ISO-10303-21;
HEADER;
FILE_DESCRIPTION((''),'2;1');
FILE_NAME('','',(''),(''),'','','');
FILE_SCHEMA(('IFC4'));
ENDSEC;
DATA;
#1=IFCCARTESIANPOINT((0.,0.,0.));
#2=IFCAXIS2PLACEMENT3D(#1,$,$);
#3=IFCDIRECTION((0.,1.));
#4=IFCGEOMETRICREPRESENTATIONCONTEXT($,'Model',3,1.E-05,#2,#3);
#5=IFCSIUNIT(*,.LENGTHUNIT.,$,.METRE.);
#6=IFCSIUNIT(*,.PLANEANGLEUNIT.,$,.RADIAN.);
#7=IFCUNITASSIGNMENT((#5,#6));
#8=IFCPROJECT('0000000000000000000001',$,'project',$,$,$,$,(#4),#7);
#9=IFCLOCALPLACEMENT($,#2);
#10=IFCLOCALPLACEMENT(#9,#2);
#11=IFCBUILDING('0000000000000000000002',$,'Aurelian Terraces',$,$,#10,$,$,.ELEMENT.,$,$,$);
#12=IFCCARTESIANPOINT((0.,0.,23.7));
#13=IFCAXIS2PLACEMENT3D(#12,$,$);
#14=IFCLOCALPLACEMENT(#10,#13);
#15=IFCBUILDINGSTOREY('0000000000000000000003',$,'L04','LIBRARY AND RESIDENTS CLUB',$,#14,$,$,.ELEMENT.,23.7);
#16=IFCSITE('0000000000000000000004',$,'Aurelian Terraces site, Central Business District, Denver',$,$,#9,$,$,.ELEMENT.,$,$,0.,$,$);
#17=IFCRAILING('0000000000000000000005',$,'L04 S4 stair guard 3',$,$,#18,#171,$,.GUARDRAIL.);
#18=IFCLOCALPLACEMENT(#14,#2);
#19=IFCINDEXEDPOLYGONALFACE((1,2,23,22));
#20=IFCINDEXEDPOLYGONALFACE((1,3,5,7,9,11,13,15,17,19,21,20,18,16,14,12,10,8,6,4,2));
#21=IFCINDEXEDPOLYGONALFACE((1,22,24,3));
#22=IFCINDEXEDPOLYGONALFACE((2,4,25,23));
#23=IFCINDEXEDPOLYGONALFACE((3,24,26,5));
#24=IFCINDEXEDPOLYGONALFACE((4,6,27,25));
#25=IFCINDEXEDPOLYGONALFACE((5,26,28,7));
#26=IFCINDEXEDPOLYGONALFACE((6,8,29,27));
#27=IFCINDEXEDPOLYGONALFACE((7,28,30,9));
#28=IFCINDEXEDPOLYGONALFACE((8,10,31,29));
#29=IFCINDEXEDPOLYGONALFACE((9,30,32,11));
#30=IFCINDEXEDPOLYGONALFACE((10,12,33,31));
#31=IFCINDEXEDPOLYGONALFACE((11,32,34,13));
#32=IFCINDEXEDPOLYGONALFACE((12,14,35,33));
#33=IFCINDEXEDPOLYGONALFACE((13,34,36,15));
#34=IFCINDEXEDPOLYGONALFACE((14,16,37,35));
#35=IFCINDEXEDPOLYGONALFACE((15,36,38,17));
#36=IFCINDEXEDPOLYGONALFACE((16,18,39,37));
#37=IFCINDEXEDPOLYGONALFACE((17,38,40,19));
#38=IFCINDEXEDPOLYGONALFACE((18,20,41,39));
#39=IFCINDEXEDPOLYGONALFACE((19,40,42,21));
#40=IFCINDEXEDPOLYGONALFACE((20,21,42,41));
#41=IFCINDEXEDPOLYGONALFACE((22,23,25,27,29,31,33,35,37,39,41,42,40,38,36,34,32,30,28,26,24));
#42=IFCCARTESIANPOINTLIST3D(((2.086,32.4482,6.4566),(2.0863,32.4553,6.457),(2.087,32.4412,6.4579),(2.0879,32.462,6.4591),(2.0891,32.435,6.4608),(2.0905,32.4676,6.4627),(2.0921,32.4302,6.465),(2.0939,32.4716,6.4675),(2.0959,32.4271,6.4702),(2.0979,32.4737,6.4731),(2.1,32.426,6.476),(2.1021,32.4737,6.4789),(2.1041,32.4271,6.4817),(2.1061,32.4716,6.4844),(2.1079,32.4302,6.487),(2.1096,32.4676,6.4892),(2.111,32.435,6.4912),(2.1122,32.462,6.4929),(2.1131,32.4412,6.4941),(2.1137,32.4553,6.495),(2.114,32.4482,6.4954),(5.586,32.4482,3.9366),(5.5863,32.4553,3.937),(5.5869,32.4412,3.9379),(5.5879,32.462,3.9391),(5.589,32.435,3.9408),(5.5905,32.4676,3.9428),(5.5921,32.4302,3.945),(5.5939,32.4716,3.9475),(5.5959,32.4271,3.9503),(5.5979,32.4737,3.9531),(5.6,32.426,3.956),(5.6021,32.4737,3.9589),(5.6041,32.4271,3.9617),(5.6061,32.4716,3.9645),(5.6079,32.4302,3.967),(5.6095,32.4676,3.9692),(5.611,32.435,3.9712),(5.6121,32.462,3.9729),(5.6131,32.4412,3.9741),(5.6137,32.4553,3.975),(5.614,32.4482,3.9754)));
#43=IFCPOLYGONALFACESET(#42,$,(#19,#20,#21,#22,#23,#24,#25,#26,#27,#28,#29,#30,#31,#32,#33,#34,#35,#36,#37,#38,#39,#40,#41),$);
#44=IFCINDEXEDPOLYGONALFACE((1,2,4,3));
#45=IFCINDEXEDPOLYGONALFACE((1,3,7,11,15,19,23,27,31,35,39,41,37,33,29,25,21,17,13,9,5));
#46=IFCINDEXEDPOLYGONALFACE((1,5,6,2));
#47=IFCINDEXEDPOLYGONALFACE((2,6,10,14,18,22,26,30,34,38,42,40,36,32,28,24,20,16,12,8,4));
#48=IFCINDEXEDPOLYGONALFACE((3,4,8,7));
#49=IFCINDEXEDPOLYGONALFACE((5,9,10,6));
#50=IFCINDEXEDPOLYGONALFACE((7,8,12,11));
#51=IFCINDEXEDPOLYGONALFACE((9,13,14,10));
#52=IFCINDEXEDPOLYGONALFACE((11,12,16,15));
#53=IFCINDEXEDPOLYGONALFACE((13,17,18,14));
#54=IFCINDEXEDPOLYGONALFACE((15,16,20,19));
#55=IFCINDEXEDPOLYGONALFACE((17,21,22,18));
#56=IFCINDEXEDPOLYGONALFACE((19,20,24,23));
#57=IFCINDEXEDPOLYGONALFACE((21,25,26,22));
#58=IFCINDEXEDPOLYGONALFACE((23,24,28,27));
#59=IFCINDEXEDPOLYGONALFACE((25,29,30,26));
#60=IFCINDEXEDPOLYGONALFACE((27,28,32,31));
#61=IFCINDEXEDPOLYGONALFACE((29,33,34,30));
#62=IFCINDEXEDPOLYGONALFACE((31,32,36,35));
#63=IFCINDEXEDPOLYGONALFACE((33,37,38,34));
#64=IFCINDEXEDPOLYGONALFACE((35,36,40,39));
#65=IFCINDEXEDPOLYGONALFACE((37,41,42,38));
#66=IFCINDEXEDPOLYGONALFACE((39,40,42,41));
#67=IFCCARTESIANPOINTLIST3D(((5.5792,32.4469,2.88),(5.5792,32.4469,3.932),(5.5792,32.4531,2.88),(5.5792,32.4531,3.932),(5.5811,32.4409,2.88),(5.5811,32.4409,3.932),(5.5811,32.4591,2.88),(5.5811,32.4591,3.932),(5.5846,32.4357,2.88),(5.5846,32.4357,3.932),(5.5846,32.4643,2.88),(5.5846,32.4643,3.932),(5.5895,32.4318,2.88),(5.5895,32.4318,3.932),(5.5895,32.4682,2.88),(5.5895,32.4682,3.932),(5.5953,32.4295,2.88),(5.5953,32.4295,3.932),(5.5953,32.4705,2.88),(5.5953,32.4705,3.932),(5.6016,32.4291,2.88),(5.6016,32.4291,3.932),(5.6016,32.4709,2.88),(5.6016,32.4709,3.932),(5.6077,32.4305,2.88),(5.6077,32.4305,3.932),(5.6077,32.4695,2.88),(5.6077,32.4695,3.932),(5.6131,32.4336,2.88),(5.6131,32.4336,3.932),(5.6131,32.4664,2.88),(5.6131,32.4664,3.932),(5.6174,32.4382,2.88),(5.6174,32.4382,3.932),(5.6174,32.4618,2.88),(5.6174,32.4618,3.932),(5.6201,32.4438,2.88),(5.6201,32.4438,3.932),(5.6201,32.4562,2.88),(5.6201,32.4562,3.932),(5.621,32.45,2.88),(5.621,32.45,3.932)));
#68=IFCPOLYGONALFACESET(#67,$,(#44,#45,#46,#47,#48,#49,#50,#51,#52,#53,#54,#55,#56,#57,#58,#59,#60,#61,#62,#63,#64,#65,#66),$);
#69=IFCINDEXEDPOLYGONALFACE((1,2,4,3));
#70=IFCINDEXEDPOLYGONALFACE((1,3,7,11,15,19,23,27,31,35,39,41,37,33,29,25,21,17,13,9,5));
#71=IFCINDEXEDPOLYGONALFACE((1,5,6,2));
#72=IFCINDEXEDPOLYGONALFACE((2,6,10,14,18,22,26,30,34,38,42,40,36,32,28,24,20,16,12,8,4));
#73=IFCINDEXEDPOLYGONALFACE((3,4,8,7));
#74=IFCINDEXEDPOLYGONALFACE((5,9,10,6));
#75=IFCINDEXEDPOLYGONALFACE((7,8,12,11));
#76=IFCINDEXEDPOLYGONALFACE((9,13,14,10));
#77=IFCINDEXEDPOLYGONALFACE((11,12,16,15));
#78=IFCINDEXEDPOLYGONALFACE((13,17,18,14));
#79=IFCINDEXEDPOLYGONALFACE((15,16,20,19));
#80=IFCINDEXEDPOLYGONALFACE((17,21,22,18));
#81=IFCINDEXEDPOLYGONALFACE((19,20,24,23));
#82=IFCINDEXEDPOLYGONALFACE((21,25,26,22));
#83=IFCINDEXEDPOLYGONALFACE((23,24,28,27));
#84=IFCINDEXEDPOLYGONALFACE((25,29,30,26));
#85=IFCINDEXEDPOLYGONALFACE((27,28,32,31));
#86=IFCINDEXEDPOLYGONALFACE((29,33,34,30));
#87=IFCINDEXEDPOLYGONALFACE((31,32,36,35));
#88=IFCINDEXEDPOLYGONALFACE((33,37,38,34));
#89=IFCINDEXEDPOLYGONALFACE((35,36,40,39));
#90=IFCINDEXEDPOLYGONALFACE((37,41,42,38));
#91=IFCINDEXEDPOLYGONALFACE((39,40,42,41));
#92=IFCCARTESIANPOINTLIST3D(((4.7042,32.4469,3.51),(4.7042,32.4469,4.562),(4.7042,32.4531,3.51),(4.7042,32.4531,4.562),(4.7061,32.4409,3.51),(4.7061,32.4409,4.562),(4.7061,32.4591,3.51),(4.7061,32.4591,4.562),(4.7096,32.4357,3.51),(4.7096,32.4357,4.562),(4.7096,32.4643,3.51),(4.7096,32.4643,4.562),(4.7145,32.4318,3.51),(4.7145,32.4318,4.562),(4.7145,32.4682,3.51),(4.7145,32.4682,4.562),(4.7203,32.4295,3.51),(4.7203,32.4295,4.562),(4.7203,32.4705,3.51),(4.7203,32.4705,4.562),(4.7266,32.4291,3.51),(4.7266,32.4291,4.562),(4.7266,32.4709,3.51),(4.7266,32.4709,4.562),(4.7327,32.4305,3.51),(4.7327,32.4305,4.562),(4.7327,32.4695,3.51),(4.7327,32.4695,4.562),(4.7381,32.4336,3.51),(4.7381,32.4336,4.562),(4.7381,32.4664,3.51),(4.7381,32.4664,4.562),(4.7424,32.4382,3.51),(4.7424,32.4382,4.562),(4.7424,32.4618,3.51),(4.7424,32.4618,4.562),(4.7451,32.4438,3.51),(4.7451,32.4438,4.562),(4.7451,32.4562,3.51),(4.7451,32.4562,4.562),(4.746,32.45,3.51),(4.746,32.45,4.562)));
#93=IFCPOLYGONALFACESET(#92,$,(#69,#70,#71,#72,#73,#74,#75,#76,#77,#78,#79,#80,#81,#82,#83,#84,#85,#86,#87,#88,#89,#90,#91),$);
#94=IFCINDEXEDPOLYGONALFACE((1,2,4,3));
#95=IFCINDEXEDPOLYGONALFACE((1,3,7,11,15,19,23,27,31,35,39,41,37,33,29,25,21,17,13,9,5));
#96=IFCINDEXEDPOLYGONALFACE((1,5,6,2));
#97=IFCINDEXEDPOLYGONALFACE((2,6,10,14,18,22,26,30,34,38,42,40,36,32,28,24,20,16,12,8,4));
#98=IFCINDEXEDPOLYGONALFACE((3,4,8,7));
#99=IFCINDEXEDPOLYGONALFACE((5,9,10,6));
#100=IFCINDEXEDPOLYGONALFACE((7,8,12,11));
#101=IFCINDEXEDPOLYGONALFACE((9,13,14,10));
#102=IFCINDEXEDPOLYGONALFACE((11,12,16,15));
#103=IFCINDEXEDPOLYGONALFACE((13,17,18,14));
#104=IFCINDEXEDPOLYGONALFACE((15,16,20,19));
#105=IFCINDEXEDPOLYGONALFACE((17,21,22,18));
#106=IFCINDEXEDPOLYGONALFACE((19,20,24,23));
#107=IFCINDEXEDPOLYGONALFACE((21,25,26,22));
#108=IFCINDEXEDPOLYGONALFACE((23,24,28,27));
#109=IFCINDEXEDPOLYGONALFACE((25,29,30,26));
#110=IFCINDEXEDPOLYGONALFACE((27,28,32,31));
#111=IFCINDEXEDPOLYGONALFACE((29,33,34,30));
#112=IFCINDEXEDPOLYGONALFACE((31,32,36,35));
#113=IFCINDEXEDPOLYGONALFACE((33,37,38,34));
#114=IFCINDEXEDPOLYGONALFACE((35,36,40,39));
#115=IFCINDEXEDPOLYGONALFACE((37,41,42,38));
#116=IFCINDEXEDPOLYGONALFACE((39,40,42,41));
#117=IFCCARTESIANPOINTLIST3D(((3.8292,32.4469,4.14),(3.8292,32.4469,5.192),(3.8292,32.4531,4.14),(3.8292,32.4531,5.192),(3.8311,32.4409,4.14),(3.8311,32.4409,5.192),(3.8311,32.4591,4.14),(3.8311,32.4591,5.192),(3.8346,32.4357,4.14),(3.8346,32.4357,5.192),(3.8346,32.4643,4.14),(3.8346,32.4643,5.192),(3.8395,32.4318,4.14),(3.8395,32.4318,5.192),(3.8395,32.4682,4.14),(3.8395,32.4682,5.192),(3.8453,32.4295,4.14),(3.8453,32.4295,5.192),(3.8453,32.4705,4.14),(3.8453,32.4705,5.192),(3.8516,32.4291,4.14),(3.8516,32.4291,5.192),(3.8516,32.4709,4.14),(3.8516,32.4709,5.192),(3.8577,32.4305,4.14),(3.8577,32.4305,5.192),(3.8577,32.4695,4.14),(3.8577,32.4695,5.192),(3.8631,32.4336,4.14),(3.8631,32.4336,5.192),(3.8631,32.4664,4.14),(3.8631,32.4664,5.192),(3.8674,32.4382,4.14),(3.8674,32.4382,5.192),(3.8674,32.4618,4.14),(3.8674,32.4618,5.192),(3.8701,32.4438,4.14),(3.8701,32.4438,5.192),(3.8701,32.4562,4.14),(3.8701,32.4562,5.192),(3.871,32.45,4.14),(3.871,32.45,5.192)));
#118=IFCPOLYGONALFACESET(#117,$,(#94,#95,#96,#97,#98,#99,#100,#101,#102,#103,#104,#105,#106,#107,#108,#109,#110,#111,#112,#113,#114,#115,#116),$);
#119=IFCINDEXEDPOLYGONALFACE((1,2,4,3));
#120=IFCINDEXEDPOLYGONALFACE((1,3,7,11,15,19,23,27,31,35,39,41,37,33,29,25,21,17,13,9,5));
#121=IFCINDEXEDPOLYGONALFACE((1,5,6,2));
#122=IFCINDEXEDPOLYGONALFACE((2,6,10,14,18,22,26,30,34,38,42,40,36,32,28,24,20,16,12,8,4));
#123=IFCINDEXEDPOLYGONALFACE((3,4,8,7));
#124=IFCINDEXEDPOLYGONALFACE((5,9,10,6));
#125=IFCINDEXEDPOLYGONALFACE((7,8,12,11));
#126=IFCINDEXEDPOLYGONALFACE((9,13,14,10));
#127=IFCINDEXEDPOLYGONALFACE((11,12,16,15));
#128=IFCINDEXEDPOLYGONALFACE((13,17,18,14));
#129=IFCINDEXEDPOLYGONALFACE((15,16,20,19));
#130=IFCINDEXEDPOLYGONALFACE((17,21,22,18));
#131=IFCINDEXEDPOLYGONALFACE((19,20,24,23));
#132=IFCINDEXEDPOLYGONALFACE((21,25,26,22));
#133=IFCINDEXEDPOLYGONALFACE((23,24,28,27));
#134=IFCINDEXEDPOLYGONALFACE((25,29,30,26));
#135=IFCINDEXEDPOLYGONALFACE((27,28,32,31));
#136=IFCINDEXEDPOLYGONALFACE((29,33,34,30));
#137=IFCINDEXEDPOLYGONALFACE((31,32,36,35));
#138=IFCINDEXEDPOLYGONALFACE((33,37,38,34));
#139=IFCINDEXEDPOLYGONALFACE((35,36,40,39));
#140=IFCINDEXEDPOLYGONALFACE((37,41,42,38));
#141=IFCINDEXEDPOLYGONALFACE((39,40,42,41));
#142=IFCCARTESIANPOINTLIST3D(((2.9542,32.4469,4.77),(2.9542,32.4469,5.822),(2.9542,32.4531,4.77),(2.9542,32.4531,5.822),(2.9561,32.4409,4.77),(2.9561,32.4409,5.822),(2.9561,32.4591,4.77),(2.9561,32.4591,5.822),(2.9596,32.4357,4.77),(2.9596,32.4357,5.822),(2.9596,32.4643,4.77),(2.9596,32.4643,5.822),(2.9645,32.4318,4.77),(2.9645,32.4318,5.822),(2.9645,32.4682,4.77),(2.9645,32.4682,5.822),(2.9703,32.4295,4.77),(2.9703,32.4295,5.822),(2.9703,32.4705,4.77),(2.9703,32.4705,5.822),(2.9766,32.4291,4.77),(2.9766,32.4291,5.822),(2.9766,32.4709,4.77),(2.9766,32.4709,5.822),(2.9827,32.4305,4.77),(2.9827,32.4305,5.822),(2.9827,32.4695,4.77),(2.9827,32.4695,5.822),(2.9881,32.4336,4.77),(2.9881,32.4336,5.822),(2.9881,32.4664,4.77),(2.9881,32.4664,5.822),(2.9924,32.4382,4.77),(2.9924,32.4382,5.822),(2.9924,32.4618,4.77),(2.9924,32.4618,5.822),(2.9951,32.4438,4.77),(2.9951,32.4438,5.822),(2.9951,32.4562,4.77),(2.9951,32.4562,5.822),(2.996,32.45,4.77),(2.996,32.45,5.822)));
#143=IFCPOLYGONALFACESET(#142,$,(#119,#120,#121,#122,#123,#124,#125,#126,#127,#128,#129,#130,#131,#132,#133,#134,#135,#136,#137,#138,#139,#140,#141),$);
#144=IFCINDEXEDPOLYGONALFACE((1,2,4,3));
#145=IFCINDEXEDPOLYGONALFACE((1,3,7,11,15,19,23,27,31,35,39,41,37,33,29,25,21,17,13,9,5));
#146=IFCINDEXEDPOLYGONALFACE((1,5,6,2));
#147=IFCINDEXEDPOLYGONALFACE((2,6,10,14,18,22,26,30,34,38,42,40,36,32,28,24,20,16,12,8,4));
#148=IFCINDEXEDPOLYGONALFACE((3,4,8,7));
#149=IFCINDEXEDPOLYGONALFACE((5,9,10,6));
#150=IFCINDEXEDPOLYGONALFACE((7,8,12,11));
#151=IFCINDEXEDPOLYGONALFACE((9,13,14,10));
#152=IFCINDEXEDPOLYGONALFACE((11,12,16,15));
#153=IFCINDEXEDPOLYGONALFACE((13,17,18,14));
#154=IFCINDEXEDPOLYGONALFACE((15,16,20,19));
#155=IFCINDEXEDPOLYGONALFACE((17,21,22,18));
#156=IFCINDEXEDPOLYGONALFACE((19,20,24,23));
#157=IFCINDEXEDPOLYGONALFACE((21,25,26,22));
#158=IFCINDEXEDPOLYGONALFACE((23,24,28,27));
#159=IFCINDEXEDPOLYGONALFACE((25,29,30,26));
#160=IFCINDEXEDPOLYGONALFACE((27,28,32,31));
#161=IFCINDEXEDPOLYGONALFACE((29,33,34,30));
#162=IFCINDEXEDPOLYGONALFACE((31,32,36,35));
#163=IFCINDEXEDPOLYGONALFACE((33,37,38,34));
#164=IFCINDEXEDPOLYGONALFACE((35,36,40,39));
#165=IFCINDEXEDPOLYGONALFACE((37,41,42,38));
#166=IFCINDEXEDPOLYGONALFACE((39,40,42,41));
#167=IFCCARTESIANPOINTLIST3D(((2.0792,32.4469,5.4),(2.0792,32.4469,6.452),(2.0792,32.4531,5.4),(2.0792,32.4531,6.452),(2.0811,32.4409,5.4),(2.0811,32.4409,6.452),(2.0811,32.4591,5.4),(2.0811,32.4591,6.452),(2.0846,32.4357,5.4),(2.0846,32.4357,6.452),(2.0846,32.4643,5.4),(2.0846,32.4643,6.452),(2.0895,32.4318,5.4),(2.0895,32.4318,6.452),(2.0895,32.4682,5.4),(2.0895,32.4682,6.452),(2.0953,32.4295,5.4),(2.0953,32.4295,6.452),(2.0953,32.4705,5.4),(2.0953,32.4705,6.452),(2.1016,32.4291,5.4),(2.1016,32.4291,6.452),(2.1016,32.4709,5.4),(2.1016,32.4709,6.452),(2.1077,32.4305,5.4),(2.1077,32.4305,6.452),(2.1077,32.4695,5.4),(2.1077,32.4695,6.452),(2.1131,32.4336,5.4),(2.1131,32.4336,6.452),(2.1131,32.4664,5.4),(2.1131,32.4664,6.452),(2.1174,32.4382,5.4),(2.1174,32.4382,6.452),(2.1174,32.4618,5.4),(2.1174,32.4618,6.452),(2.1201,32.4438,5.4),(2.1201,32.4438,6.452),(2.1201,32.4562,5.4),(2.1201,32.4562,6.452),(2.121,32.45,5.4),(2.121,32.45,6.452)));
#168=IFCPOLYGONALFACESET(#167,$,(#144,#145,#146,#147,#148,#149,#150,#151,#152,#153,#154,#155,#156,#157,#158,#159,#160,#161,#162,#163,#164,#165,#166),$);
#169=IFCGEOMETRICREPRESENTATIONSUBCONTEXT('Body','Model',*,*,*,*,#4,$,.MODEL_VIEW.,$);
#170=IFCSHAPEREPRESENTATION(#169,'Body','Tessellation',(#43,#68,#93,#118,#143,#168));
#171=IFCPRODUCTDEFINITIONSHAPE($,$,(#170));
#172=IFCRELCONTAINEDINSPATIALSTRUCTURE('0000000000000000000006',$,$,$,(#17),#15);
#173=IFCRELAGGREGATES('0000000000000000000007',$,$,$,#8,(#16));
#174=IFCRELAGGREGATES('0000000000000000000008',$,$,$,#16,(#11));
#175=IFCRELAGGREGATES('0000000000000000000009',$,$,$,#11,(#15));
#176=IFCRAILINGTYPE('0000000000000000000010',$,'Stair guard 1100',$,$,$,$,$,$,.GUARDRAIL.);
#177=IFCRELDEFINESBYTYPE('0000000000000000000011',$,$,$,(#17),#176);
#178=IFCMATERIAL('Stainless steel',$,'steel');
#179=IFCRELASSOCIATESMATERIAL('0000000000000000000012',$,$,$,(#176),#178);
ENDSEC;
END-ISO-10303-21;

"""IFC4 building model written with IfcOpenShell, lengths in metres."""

from ifc_helpers import new_model, si_unit, direction, frame, origin, origin_2d, place, context, subcontext, project, spatial, circle, extrude, source, transform, mapped, material, type_object, element, save


model = new_model("IFC4")

# Units and contexts
model_context = context("Model", 3, precision=1e-05, world=origin(), true_north=direction((0.0, 1.0)))
body_context = subcontext(model_context, "Body", "Model", "MODEL_VIEW")
ifc_project = project(units=[si_unit("LENGTHUNIT", "METRE"), si_unit("PLANEANGLEUNIT", "RADIAN")], contexts=[model_context])

# Site, building, storey
site_placement = place(None, origin())
site = spatial("IfcSite", under=ifc_project, at=site_placement, Name="Aurelian Terraces site, Central Business District, Denver", CompositionType="ELEMENT", RefElevation=0.0)
building_placement = place(site_placement, origin())
building = spatial("IfcBuilding", under=site, at=building_placement, Name="Aurelian Terraces", CompositionType="ELEMENT")
storey_placement = place(building_placement, frame((0.0, 0.0, 23.7)))
storey = spatial("IfcBuildingStorey", under=building, at=storey_placement, Name="L04", Description="LIBRARY AND RESIDENTS CLUB", CompositionType="ELEMENT", Elevation=23.7)

# Railing
ifc_material_1 = material(Name="Stainless steel", Category="steel")
railing_type_1 = type_object("IfcRailingType", Name="Stair guard 1100", PredefinedType="GUARDRAIL", material=ifc_material_1)
shared_shape_1 = source(origin(), body_context, "Body", "SweptSolid", [
    extrude(circle(Radius=0.024, at=origin_2d()), frame((0.0, 0.0, 1.076), z_axis=(-0.811534, 0.0, 0.584305), x_axis=(0.0, -1.0, 0.0)), (0.0, 0.0, 1.0), 4.3128),
    extrude(circle(Radius=0.021, at=origin_2d()), origin(), (0.0, 0.0, 1.0), 1.052),
    extrude(circle(Radius=0.021, at=origin_2d()), frame((-0.875, 0.0, 0.63)), (0.0, 0.0, 1.0), 1.052),
    extrude(circle(Radius=0.021, at=origin_2d()), frame((-1.75, 0.0, 1.26)), (0.0, 0.0, 1.0), 1.052),
    extrude(circle(Radius=0.021, at=origin_2d()), frame((-2.625, 0.0, 1.89)), (0.0, 0.0, 1.0), 1.052),
    extrude(circle(Radius=0.021, at=origin_2d()), frame((-3.5, 0.0, 2.52)), (0.0, 0.0, 1.0), 1.052),
])
railing_1_placement = place(storey_placement, frame((5.6, 32.45, 2.88)))
element("IfcRailing", 1, at=railing_1_placement, inside=storey, type_object=railing_type_1, Name="L04 S4 stair guard 3", PredefinedType="GUARDRAIL", context=body_context, shape_type="MappedRepresentation", body=[
    mapped(shared_shape_1, transform((0.0, 0.0, 0.0), scale=1.0)),
])

save(model, "model.ifc")
